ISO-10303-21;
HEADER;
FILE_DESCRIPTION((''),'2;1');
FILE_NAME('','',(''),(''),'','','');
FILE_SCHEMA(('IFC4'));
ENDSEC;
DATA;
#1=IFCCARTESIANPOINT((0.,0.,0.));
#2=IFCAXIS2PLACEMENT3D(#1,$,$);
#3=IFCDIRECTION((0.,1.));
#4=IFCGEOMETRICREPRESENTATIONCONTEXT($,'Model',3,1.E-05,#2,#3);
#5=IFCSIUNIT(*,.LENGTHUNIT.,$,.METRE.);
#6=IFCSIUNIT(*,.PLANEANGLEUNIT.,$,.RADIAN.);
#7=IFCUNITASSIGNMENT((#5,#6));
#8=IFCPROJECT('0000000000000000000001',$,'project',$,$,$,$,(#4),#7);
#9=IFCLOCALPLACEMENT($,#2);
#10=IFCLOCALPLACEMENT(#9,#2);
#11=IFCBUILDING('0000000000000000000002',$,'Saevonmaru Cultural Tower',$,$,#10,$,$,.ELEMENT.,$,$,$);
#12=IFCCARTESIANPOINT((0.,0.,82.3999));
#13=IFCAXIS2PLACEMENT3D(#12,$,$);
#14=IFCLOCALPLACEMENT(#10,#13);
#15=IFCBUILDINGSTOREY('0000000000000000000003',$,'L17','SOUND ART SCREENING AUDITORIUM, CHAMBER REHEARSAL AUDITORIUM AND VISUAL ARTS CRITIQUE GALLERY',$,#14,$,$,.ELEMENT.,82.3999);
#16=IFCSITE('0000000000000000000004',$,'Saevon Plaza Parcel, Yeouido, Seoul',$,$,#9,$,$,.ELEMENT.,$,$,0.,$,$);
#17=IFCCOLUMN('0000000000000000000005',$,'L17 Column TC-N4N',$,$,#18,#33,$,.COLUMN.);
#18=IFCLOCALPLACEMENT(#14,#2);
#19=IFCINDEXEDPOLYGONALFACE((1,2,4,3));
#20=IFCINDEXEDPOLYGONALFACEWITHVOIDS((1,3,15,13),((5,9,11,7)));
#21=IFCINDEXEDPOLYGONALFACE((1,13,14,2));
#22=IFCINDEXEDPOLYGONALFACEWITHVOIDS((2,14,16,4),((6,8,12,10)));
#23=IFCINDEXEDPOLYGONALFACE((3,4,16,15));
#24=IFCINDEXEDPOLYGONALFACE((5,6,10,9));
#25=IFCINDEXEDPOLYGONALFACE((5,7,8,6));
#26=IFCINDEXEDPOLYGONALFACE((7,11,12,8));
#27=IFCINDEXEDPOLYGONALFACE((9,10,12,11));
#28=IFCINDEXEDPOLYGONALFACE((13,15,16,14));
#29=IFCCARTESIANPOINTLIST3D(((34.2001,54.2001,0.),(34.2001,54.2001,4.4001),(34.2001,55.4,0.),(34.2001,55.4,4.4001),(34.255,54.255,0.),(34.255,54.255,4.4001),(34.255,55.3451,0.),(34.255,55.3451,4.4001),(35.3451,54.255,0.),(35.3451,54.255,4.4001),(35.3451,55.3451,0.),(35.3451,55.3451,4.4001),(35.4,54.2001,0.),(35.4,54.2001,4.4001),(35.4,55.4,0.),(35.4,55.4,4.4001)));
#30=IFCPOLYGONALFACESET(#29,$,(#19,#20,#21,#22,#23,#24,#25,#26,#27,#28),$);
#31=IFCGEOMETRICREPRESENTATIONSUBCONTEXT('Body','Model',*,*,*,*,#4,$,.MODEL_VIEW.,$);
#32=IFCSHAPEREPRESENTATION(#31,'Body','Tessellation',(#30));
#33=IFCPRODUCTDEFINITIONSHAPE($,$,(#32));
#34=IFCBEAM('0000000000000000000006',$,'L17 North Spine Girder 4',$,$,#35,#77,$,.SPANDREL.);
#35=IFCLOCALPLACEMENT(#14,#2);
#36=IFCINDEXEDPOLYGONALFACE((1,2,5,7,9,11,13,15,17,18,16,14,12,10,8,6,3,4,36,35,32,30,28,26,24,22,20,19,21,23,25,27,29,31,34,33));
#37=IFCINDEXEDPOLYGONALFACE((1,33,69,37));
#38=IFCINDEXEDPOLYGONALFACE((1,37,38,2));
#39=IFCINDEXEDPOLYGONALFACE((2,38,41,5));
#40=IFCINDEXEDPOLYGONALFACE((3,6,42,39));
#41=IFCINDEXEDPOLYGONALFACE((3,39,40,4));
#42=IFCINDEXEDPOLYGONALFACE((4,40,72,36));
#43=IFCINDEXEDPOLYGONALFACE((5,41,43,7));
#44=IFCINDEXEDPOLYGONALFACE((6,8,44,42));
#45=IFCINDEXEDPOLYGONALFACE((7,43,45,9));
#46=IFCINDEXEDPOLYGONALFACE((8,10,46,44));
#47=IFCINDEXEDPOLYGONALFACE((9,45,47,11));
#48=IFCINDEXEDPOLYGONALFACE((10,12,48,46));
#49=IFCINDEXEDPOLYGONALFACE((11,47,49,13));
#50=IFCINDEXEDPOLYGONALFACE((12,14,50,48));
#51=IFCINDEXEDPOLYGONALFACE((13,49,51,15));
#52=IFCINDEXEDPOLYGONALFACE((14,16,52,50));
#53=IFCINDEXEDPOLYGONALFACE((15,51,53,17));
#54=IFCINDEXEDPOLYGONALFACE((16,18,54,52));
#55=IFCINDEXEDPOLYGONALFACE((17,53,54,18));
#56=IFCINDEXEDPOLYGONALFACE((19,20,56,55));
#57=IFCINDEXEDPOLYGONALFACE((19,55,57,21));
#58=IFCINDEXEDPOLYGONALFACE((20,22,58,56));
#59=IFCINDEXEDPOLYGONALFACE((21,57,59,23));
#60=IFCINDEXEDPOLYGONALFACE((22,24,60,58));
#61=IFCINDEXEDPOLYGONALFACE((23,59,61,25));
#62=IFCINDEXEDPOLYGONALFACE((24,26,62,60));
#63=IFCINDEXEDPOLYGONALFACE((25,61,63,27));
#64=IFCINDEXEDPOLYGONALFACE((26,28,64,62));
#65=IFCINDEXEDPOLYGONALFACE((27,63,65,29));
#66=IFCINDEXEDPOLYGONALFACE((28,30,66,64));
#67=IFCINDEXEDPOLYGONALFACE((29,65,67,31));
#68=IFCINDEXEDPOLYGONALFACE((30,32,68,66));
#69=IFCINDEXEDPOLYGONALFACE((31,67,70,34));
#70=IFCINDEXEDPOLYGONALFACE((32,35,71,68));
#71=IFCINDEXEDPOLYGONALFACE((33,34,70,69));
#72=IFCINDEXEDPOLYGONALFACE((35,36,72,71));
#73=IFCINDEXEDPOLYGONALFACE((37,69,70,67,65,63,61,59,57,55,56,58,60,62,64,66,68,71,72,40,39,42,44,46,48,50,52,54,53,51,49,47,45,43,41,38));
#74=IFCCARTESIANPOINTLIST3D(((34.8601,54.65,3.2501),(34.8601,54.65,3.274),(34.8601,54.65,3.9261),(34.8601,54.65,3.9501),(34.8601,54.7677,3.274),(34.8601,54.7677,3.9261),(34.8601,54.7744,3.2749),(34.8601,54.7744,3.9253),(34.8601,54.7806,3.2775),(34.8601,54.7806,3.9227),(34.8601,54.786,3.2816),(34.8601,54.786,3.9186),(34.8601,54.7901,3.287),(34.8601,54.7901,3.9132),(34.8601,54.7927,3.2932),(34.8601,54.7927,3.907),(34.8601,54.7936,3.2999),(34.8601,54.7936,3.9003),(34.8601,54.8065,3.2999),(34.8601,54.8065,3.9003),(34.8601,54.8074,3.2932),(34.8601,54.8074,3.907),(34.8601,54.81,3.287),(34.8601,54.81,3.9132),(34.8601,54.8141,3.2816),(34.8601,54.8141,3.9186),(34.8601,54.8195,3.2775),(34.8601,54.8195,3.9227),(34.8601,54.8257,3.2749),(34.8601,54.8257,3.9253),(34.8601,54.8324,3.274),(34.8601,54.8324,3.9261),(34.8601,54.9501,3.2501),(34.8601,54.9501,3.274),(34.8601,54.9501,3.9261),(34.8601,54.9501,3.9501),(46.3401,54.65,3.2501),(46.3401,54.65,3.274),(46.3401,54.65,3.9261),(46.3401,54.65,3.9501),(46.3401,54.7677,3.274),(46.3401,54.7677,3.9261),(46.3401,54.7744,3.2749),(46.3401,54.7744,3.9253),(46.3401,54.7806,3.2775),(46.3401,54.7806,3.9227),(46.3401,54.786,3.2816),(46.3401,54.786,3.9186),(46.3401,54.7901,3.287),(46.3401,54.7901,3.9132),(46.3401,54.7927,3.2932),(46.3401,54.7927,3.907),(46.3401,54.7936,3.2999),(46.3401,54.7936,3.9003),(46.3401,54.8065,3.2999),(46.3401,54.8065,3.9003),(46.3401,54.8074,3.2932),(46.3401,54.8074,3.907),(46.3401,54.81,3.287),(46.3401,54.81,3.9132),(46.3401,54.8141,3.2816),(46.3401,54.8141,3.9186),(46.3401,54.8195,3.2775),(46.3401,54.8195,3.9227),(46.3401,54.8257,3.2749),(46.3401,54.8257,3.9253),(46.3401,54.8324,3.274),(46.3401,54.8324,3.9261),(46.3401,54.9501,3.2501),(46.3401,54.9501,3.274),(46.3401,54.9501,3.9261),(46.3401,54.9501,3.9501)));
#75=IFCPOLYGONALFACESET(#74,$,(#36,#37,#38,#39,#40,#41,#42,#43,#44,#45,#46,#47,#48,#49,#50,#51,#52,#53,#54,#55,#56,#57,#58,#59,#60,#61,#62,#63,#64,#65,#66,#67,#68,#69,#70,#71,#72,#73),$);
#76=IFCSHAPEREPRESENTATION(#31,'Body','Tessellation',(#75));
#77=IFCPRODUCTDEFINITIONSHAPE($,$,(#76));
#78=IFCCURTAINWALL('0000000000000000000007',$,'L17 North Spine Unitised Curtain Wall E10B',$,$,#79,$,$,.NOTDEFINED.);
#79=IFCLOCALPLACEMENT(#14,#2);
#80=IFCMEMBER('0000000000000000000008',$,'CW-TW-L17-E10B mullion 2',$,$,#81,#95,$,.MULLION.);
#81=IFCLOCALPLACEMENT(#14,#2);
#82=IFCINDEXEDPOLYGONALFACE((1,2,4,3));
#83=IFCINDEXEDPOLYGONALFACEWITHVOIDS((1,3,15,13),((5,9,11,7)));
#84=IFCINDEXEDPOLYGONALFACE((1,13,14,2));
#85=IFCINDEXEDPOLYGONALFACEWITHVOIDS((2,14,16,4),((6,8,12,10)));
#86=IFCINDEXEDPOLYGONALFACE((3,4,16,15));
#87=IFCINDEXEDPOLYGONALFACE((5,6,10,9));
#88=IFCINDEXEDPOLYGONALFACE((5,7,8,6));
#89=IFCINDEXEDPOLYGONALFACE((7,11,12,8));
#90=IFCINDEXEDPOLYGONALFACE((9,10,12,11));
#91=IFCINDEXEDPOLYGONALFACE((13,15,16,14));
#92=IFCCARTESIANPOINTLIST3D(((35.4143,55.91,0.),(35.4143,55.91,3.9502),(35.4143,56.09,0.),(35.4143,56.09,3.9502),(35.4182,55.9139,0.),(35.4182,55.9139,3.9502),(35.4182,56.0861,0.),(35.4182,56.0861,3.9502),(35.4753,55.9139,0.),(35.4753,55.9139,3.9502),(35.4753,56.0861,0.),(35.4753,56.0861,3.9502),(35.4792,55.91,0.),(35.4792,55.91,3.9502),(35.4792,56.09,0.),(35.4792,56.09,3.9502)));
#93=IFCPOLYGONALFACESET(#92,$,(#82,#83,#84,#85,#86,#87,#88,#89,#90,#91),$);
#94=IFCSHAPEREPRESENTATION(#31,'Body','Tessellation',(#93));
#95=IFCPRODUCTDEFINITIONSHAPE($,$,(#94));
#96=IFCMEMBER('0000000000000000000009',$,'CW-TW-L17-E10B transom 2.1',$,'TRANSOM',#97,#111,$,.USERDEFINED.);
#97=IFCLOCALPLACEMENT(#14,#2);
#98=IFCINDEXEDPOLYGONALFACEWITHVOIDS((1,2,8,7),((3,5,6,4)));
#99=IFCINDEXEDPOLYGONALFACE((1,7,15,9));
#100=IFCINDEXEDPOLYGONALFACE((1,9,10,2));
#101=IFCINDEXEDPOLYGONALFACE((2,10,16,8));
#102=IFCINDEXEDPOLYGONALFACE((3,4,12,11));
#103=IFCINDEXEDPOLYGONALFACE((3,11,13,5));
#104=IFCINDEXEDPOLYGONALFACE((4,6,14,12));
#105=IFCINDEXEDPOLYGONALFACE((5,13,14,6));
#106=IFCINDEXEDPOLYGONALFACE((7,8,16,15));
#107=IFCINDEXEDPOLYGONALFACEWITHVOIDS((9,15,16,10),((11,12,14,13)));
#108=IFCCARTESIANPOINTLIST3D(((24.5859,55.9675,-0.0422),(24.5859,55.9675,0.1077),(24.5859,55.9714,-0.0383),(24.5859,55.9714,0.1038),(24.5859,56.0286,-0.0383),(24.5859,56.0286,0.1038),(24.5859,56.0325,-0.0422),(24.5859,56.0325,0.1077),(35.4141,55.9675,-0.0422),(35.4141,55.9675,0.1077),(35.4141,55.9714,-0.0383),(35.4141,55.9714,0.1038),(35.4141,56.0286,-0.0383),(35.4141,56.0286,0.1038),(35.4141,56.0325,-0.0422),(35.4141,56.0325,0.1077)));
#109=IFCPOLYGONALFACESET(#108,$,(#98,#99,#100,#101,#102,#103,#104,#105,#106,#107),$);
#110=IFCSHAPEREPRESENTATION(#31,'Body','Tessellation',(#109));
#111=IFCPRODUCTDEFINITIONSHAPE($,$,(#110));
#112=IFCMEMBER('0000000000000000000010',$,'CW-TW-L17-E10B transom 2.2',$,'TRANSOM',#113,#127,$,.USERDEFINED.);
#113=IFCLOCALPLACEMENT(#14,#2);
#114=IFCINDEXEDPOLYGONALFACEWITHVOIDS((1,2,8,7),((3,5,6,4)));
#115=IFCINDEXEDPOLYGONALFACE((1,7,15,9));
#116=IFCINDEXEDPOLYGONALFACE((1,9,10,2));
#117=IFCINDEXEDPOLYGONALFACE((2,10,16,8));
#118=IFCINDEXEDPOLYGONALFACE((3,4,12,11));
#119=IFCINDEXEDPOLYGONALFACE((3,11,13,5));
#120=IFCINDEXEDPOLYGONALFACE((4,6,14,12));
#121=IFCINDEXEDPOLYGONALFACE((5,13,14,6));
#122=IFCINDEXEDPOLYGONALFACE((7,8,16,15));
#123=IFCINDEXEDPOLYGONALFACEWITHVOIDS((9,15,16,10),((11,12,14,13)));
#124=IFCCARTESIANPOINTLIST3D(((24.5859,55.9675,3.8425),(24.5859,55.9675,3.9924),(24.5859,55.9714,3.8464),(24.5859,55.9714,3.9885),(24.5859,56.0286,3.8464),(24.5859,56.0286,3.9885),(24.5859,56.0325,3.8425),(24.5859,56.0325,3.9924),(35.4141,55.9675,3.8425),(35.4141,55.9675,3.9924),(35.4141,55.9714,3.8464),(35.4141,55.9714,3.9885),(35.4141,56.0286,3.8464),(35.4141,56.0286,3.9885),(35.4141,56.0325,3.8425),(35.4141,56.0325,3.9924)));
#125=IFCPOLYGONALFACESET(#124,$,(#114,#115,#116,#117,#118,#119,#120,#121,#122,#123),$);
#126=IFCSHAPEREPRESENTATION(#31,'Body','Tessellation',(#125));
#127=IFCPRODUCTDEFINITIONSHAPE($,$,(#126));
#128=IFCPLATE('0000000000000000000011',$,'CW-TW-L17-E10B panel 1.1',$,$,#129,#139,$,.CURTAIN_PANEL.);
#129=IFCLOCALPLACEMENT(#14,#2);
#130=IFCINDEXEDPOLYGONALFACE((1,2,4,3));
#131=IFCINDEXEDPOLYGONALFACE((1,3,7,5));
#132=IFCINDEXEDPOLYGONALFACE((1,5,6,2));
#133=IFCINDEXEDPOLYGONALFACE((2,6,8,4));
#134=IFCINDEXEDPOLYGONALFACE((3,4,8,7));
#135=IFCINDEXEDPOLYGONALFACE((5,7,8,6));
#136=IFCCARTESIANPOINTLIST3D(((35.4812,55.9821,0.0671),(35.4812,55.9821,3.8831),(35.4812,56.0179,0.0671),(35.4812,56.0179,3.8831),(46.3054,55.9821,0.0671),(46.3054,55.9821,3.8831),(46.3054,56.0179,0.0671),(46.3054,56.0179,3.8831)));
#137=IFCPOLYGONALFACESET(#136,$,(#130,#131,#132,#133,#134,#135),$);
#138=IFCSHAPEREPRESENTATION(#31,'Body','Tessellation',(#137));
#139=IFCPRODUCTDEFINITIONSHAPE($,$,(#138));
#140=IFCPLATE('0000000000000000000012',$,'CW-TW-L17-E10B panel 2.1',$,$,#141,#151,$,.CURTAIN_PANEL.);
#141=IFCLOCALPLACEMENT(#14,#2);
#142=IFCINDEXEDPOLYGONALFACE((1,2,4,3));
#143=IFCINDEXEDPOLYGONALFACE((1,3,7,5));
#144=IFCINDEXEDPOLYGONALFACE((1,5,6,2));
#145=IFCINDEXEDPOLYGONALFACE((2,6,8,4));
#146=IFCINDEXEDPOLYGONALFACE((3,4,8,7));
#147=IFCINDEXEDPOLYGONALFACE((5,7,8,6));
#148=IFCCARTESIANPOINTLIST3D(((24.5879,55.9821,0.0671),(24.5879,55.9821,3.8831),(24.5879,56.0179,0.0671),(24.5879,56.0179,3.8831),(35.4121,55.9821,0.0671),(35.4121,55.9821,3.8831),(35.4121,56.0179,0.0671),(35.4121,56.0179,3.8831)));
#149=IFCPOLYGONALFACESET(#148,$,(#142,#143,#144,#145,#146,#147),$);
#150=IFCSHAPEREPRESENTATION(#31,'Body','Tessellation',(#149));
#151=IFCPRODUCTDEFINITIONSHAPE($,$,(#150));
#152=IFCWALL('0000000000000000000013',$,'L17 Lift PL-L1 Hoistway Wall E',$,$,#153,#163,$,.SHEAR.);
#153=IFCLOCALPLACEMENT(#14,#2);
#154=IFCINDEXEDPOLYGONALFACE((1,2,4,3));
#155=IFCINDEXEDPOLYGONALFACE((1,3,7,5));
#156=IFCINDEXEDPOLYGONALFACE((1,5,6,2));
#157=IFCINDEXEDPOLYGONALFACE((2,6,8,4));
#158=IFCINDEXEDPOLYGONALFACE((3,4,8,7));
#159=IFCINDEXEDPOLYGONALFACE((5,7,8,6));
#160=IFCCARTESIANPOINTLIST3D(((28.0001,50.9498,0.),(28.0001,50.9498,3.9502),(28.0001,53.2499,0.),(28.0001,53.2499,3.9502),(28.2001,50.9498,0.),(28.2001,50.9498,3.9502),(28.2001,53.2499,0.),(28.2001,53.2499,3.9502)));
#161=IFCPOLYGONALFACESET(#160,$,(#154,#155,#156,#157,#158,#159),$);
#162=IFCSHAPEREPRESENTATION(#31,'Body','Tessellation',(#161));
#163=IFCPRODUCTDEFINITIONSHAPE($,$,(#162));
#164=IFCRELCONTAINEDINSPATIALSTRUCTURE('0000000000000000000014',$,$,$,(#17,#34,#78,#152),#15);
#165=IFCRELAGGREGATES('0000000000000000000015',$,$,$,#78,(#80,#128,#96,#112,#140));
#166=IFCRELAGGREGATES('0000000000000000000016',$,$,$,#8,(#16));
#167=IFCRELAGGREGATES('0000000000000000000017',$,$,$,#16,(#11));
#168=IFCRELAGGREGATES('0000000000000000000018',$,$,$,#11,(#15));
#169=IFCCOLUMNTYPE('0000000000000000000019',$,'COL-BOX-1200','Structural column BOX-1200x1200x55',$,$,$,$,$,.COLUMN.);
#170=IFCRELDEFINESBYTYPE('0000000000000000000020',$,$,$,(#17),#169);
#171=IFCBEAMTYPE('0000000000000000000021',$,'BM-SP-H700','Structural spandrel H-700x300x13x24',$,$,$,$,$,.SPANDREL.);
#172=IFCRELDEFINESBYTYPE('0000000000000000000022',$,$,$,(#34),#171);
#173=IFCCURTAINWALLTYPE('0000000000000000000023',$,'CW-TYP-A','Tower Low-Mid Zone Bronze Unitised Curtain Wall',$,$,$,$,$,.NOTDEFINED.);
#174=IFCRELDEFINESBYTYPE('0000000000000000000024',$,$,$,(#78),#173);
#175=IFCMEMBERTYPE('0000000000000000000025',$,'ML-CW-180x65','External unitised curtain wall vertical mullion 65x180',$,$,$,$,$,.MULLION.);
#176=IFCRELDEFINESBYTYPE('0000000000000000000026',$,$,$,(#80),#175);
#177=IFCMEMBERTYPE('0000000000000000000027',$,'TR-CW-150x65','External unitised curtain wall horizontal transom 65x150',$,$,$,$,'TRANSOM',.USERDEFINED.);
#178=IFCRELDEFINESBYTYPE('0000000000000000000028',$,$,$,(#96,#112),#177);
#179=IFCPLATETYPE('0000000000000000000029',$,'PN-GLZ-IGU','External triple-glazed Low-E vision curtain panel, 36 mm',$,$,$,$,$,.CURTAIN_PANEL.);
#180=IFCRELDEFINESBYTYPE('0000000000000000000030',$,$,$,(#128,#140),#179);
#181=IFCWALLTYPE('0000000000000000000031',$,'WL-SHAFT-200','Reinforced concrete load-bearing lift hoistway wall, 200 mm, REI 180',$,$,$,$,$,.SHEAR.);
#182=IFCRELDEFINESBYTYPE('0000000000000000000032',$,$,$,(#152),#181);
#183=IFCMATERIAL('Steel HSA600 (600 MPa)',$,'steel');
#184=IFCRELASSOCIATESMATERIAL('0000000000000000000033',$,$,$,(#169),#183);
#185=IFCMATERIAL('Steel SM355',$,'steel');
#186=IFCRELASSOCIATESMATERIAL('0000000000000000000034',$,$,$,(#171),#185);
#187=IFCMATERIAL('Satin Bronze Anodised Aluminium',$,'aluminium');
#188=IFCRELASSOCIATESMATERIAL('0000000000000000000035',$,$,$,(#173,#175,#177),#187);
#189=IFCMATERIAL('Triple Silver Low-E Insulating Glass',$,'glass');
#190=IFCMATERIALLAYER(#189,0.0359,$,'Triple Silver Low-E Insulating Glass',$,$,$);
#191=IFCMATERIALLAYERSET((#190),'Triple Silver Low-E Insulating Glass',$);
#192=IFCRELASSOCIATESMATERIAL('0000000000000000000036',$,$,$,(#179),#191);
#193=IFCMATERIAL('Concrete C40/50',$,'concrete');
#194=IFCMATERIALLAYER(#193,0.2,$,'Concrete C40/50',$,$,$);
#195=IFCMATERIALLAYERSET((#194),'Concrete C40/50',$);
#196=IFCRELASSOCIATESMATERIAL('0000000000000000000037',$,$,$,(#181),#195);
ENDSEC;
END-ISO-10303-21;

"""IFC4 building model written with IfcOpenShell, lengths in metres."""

from ifc_helpers import new_model, si_unit, direction, frame, frame_2d, origin, origin_2d, place, context, subcontext, project, spatial, rectangle, hollow_rectangle, i_section, extrude, material, layer, layer_set, material_profile, profile_set, type_object, element, aggregate, save


model = new_model("IFC4")

# Units and contexts
model_context = context("Model", 3, precision=1e-05, world=origin(), true_north=direction((0.0, 1.0)))
body_context = subcontext(model_context, "Body", "Model", "MODEL_VIEW")
ifc_project = project(units=[si_unit("LENGTHUNIT", "METRE"), si_unit("PLANEANGLEUNIT", "RADIAN")], contexts=[model_context])

# Site, building, storey
site_placement = place(None, origin())
site = spatial("IfcSite", under=ifc_project, at=site_placement, Name="Saevon Plaza Parcel, Yeouido, Seoul", CompositionType="ELEMENT", RefElevation=0.0)
building_placement = place(site_placement, origin())
building = spatial("IfcBuilding", under=site, at=building_placement, Name="Saevonmaru Cultural Tower", CompositionType="ELEMENT")
storey_placement = place(building_placement, frame((0.0, 0.0, 82.3999)))
storey = spatial("IfcBuildingStorey", under=building, at=storey_placement, Name="L17", Description="SOUND ART SCREENING AUDITORIUM, CHAMBER REHEARSAL AUDITORIUM AND VISUAL ARTS CRITIQUE GALLERY", CompositionType="ELEMENT", Elevation=82.3999)

# Column
ifc_material_1 = material(Name="Steel HSA600 (600 MPa)", Category="steel")
ifc_material_profile_1 = material_profile(ifc_material_1, hollow_rectangle(XDim=1.2, YDim=1.2, WallThickness=0.0549, at=origin_2d()), Name="BOX-1200x1200x55")
ifc_profile_set_1 = profile_set([ifc_material_profile_1], Name="Steel HSA600 (600 MPa)")
column_type = type_object("IfcColumnType", Name="COL-BOX-1200", Description="Structural column BOX-1200x1200x55", PredefinedType="COLUMN", material=ifc_profile_set_1)
column_placement = place(storey_placement, frame((34.8, 54.8, 0.0), z_axis=(0.0, 0.0, 1.0), x_axis=(1.0, 0.0, 0.0)))
element("IfcColumn", 1, at=column_placement, inside=storey, type_object=column_type, Name="L17 Column TC-N4N", PredefinedType="COLUMN", context=body_context, shape_type="SweptSolid", body=[
    extrude(hollow_rectangle(XDim=1.2, YDim=1.2, WallThickness=0.0549, at=origin_2d()), origin(), (0.0, 0.0, 1.0), 4.4001),
])

# Beam
ifc_material_2 = material(Name="Steel SM355", Category="steel")
ifc_material_profile_2 = material_profile(ifc_material_2, i_section(OverallWidth=0.3, OverallDepth=0.7, WebThickness=0.0129, FlangeThickness=0.0239, FilletRadius=0.0259, at=origin_2d()), Name="H-700x300x13x24")
ifc_profile_set_2 = profile_set([ifc_material_profile_2], Name="Steel SM355")
beam_type = type_object("IfcBeamType", Name="BM-SP-H700", Description="Structural spandrel H-700x300x13x24", PredefinedType="SPANDREL", material=ifc_profile_set_2)
beam_placement = place(storey_placement, frame((34.8601, 54.8, 3.6001), z_axis=(1.0, 0.0, 0.0), x_axis=(0.0, 1.0, 0.0)))
element("IfcBeam", 2, at=beam_placement, inside=storey, type_object=beam_type, Name="L17 North Spine Girder 4", PredefinedType="SPANDREL", context=body_context, shape_type="SweptSolid", body=[
    extrude(i_section(OverallWidth=0.3, OverallDepth=0.7, WebThickness=0.0129, FlangeThickness=0.0239, FilletRadius=0.0259, at=origin_2d()), origin(), (0.0, 0.0, 1.0), 11.48),
])

# Curtain wall, members, plates
ifc_material_3 = material(Name="Satin Bronze Anodised Aluminium", Category="aluminium")
curtain_wall_type = type_object("IfcCurtainWallType", Name="CW-TYP-A", Description="Tower Low-Mid Zone Bronze Unitised Curtain Wall", PredefinedType="NOTDEFINED", material=ifc_material_3)
curtain_wall_placement = place(storey_placement, origin())
curtain_wall = element("IfcCurtainWall", 3, at=curtain_wall_placement, inside=storey, type_object=curtain_wall_type, Name="L17 North Spine Unitised Curtain Wall E10B", PredefinedType="NOTDEFINED")
ifc_material_profile_3 = material_profile(ifc_material_3, hollow_rectangle(XDim=0.0649, YDim=0.1799, WallThickness=0.0039, at=origin_2d()), Name="ALU-MULL-180x65x4")
ifc_profile_set_3 = profile_set([ifc_material_profile_3], Name="Satin Bronze Anodised Aluminium")
member_type_1 = type_object("IfcMemberType", Name="ML-CW-180x65", Description="External unitised curtain wall vertical mullion 65x180", PredefinedType="MULLION", material=ifc_profile_set_3)
member_1_placement = place(storey_placement, frame((35.4468, 56.0, 0.0), z_axis=(0.0, 0.0, 1.0), x_axis=(-1.0, 0.0, 0.0)))
member_1 = element("IfcMember", 4, at=member_1_placement, type_object=member_type_1, Name="CW-TW-L17-E10B mullion 2", PredefinedType="MULLION", context=body_context, shape_type="SweptSolid", body=[
    extrude(hollow_rectangle(XDim=0.0649, YDim=0.1799, WallThickness=0.0039, at=origin_2d()), origin(), (0.0, 0.0, 1.0), 3.9502),
])
ifc_material_profile_4 = material_profile(ifc_material_3, hollow_rectangle(XDim=0.0649, YDim=0.1499, WallThickness=0.0039, at=origin_2d()), Name="ALU-TRAN-150x65x4")
ifc_profile_set_4 = profile_set([ifc_material_profile_4], Name="Satin Bronze Anodised Aluminium")
member_type_2 = type_object("IfcMemberType", Name="TR-CW-150x65", Description="External unitised curtain wall horizontal transom 65x150", ElementType="TRANSOM", PredefinedType="USERDEFINED", material=ifc_profile_set_4)
member_2_placement = place(storey_placement, frame((35.4141, 56.0, 0.0327), z_axis=(-1.0, 0.0, 0.0), x_axis=(0.0, -1.0, 0.0)))
member_2 = element("IfcMember", 5, at=member_2_placement, type_object=member_type_2, Name="CW-TW-L17-E10B transom 2.1", ObjectType="TRANSOM", PredefinedType="USERDEFINED", context=body_context, shape_type="SweptSolid", body=[
    extrude(hollow_rectangle(XDim=0.0649, YDim=0.1499, WallThickness=0.0039, at=origin_2d()), origin(), (0.0, 0.0, 1.0), 10.8281),
])
member_3_placement = place(storey_placement, frame((35.4141, 56.0, 3.9175), z_axis=(-1.0, 0.0, 0.0), x_axis=(0.0, -1.0, 0.0)))
member_3 = element("IfcMember", 6, at=member_3_placement, type_object=member_type_2, Name="CW-TW-L17-E10B transom 2.2", ObjectType="TRANSOM", PredefinedType="USERDEFINED", context=body_context, shape_type="SweptSolid", body=[
    extrude(hollow_rectangle(XDim=0.0649, YDim=0.1499, WallThickness=0.0039, at=origin_2d()), origin(), (0.0, 0.0, 1.0), 10.8281),
])
ifc_material_4 = material(Name="Triple Silver Low-E Insulating Glass", Category="glass")
ifc_layer_1 = layer(ifc_material_4, 0.0359, Name="Triple Silver Low-E Insulating Glass")
ifc_layer_set_1 = layer_set([ifc_layer_1], Name="Triple Silver Low-E Insulating Glass")
plate_type = type_object("IfcPlateType", Name="PN-GLZ-IGU", Description="External triple-glazed Low-E vision curtain panel, 36 mm", PredefinedType="CURTAIN_PANEL", material=ifc_layer_set_1)
plate_1_placement = place(storey_placement, frame((40.8933, 56.0, 0.0671), z_axis=(0.0, 0.0, 1.0), x_axis=(-1.0, 0.0, 0.0)))
plate_1 = element("IfcPlate", 7, at=plate_1_placement, type_object=plate_type, Name="CW-TW-L17-E10B panel 1.1", PredefinedType="CURTAIN_PANEL", context=body_context, shape_type="SweptSolid", body=[
    extrude(rectangle(XDim=10.8242, YDim=0.0359, at=origin_2d()), origin(), (0.0, 0.0, 1.0), 3.8159),
])
plate_2_placement = place(storey_placement, frame((30.0, 56.0, 0.0671), z_axis=(0.0, 0.0, 1.0), x_axis=(-1.0, 0.0, 0.0)))
plate_2 = element("IfcPlate", 8, at=plate_2_placement, type_object=plate_type, Name="CW-TW-L17-E10B panel 2.1", PredefinedType="CURTAIN_PANEL", context=body_context, shape_type="SweptSolid", body=[
    extrude(rectangle(XDim=10.8242, YDim=0.0359, at=origin_2d()), origin(), (0.0, 0.0, 1.0), 3.8159),
])
aggregate(curtain_wall, [member_1, plate_1, member_2, member_3, plate_2])

# Wall
ifc_material_5 = material(Name="Concrete C40/50", Category="concrete")
ifc_layer_2 = layer(ifc_material_5, 0.2, Name="Concrete C40/50")
ifc_layer_set_2 = layer_set([ifc_layer_2], Name="Concrete C40/50")
wall_type_1 = type_object("IfcWallType", Name="WL-SHAFT-200", Description="Reinforced concrete load-bearing lift hoistway wall, 200 mm, REI 180", PredefinedType="SHEAR", material=ifc_layer_set_2)
wall_1_placement = place(storey_placement, frame((28.1001, 50.95, 0.0), z_axis=(0.0, 0.0, 1.0), x_axis=(0.0, 1.0, 0.0)))
element("IfcWall", 9, at=wall_1_placement, inside=storey, type_object=wall_type_1, Name="L17 Lift PL-L1 Hoistway Wall E", PredefinedType="SHEAR", context=body_context, shape_type="SweptSolid", body=[
    extrude(rectangle(XDim=2.3, YDim=0.2, at=frame_2d((1.1499, 0.0))), origin(), (0.0, 0.0, 1.0), 3.9502),
])

save(model, "model.ifc")
